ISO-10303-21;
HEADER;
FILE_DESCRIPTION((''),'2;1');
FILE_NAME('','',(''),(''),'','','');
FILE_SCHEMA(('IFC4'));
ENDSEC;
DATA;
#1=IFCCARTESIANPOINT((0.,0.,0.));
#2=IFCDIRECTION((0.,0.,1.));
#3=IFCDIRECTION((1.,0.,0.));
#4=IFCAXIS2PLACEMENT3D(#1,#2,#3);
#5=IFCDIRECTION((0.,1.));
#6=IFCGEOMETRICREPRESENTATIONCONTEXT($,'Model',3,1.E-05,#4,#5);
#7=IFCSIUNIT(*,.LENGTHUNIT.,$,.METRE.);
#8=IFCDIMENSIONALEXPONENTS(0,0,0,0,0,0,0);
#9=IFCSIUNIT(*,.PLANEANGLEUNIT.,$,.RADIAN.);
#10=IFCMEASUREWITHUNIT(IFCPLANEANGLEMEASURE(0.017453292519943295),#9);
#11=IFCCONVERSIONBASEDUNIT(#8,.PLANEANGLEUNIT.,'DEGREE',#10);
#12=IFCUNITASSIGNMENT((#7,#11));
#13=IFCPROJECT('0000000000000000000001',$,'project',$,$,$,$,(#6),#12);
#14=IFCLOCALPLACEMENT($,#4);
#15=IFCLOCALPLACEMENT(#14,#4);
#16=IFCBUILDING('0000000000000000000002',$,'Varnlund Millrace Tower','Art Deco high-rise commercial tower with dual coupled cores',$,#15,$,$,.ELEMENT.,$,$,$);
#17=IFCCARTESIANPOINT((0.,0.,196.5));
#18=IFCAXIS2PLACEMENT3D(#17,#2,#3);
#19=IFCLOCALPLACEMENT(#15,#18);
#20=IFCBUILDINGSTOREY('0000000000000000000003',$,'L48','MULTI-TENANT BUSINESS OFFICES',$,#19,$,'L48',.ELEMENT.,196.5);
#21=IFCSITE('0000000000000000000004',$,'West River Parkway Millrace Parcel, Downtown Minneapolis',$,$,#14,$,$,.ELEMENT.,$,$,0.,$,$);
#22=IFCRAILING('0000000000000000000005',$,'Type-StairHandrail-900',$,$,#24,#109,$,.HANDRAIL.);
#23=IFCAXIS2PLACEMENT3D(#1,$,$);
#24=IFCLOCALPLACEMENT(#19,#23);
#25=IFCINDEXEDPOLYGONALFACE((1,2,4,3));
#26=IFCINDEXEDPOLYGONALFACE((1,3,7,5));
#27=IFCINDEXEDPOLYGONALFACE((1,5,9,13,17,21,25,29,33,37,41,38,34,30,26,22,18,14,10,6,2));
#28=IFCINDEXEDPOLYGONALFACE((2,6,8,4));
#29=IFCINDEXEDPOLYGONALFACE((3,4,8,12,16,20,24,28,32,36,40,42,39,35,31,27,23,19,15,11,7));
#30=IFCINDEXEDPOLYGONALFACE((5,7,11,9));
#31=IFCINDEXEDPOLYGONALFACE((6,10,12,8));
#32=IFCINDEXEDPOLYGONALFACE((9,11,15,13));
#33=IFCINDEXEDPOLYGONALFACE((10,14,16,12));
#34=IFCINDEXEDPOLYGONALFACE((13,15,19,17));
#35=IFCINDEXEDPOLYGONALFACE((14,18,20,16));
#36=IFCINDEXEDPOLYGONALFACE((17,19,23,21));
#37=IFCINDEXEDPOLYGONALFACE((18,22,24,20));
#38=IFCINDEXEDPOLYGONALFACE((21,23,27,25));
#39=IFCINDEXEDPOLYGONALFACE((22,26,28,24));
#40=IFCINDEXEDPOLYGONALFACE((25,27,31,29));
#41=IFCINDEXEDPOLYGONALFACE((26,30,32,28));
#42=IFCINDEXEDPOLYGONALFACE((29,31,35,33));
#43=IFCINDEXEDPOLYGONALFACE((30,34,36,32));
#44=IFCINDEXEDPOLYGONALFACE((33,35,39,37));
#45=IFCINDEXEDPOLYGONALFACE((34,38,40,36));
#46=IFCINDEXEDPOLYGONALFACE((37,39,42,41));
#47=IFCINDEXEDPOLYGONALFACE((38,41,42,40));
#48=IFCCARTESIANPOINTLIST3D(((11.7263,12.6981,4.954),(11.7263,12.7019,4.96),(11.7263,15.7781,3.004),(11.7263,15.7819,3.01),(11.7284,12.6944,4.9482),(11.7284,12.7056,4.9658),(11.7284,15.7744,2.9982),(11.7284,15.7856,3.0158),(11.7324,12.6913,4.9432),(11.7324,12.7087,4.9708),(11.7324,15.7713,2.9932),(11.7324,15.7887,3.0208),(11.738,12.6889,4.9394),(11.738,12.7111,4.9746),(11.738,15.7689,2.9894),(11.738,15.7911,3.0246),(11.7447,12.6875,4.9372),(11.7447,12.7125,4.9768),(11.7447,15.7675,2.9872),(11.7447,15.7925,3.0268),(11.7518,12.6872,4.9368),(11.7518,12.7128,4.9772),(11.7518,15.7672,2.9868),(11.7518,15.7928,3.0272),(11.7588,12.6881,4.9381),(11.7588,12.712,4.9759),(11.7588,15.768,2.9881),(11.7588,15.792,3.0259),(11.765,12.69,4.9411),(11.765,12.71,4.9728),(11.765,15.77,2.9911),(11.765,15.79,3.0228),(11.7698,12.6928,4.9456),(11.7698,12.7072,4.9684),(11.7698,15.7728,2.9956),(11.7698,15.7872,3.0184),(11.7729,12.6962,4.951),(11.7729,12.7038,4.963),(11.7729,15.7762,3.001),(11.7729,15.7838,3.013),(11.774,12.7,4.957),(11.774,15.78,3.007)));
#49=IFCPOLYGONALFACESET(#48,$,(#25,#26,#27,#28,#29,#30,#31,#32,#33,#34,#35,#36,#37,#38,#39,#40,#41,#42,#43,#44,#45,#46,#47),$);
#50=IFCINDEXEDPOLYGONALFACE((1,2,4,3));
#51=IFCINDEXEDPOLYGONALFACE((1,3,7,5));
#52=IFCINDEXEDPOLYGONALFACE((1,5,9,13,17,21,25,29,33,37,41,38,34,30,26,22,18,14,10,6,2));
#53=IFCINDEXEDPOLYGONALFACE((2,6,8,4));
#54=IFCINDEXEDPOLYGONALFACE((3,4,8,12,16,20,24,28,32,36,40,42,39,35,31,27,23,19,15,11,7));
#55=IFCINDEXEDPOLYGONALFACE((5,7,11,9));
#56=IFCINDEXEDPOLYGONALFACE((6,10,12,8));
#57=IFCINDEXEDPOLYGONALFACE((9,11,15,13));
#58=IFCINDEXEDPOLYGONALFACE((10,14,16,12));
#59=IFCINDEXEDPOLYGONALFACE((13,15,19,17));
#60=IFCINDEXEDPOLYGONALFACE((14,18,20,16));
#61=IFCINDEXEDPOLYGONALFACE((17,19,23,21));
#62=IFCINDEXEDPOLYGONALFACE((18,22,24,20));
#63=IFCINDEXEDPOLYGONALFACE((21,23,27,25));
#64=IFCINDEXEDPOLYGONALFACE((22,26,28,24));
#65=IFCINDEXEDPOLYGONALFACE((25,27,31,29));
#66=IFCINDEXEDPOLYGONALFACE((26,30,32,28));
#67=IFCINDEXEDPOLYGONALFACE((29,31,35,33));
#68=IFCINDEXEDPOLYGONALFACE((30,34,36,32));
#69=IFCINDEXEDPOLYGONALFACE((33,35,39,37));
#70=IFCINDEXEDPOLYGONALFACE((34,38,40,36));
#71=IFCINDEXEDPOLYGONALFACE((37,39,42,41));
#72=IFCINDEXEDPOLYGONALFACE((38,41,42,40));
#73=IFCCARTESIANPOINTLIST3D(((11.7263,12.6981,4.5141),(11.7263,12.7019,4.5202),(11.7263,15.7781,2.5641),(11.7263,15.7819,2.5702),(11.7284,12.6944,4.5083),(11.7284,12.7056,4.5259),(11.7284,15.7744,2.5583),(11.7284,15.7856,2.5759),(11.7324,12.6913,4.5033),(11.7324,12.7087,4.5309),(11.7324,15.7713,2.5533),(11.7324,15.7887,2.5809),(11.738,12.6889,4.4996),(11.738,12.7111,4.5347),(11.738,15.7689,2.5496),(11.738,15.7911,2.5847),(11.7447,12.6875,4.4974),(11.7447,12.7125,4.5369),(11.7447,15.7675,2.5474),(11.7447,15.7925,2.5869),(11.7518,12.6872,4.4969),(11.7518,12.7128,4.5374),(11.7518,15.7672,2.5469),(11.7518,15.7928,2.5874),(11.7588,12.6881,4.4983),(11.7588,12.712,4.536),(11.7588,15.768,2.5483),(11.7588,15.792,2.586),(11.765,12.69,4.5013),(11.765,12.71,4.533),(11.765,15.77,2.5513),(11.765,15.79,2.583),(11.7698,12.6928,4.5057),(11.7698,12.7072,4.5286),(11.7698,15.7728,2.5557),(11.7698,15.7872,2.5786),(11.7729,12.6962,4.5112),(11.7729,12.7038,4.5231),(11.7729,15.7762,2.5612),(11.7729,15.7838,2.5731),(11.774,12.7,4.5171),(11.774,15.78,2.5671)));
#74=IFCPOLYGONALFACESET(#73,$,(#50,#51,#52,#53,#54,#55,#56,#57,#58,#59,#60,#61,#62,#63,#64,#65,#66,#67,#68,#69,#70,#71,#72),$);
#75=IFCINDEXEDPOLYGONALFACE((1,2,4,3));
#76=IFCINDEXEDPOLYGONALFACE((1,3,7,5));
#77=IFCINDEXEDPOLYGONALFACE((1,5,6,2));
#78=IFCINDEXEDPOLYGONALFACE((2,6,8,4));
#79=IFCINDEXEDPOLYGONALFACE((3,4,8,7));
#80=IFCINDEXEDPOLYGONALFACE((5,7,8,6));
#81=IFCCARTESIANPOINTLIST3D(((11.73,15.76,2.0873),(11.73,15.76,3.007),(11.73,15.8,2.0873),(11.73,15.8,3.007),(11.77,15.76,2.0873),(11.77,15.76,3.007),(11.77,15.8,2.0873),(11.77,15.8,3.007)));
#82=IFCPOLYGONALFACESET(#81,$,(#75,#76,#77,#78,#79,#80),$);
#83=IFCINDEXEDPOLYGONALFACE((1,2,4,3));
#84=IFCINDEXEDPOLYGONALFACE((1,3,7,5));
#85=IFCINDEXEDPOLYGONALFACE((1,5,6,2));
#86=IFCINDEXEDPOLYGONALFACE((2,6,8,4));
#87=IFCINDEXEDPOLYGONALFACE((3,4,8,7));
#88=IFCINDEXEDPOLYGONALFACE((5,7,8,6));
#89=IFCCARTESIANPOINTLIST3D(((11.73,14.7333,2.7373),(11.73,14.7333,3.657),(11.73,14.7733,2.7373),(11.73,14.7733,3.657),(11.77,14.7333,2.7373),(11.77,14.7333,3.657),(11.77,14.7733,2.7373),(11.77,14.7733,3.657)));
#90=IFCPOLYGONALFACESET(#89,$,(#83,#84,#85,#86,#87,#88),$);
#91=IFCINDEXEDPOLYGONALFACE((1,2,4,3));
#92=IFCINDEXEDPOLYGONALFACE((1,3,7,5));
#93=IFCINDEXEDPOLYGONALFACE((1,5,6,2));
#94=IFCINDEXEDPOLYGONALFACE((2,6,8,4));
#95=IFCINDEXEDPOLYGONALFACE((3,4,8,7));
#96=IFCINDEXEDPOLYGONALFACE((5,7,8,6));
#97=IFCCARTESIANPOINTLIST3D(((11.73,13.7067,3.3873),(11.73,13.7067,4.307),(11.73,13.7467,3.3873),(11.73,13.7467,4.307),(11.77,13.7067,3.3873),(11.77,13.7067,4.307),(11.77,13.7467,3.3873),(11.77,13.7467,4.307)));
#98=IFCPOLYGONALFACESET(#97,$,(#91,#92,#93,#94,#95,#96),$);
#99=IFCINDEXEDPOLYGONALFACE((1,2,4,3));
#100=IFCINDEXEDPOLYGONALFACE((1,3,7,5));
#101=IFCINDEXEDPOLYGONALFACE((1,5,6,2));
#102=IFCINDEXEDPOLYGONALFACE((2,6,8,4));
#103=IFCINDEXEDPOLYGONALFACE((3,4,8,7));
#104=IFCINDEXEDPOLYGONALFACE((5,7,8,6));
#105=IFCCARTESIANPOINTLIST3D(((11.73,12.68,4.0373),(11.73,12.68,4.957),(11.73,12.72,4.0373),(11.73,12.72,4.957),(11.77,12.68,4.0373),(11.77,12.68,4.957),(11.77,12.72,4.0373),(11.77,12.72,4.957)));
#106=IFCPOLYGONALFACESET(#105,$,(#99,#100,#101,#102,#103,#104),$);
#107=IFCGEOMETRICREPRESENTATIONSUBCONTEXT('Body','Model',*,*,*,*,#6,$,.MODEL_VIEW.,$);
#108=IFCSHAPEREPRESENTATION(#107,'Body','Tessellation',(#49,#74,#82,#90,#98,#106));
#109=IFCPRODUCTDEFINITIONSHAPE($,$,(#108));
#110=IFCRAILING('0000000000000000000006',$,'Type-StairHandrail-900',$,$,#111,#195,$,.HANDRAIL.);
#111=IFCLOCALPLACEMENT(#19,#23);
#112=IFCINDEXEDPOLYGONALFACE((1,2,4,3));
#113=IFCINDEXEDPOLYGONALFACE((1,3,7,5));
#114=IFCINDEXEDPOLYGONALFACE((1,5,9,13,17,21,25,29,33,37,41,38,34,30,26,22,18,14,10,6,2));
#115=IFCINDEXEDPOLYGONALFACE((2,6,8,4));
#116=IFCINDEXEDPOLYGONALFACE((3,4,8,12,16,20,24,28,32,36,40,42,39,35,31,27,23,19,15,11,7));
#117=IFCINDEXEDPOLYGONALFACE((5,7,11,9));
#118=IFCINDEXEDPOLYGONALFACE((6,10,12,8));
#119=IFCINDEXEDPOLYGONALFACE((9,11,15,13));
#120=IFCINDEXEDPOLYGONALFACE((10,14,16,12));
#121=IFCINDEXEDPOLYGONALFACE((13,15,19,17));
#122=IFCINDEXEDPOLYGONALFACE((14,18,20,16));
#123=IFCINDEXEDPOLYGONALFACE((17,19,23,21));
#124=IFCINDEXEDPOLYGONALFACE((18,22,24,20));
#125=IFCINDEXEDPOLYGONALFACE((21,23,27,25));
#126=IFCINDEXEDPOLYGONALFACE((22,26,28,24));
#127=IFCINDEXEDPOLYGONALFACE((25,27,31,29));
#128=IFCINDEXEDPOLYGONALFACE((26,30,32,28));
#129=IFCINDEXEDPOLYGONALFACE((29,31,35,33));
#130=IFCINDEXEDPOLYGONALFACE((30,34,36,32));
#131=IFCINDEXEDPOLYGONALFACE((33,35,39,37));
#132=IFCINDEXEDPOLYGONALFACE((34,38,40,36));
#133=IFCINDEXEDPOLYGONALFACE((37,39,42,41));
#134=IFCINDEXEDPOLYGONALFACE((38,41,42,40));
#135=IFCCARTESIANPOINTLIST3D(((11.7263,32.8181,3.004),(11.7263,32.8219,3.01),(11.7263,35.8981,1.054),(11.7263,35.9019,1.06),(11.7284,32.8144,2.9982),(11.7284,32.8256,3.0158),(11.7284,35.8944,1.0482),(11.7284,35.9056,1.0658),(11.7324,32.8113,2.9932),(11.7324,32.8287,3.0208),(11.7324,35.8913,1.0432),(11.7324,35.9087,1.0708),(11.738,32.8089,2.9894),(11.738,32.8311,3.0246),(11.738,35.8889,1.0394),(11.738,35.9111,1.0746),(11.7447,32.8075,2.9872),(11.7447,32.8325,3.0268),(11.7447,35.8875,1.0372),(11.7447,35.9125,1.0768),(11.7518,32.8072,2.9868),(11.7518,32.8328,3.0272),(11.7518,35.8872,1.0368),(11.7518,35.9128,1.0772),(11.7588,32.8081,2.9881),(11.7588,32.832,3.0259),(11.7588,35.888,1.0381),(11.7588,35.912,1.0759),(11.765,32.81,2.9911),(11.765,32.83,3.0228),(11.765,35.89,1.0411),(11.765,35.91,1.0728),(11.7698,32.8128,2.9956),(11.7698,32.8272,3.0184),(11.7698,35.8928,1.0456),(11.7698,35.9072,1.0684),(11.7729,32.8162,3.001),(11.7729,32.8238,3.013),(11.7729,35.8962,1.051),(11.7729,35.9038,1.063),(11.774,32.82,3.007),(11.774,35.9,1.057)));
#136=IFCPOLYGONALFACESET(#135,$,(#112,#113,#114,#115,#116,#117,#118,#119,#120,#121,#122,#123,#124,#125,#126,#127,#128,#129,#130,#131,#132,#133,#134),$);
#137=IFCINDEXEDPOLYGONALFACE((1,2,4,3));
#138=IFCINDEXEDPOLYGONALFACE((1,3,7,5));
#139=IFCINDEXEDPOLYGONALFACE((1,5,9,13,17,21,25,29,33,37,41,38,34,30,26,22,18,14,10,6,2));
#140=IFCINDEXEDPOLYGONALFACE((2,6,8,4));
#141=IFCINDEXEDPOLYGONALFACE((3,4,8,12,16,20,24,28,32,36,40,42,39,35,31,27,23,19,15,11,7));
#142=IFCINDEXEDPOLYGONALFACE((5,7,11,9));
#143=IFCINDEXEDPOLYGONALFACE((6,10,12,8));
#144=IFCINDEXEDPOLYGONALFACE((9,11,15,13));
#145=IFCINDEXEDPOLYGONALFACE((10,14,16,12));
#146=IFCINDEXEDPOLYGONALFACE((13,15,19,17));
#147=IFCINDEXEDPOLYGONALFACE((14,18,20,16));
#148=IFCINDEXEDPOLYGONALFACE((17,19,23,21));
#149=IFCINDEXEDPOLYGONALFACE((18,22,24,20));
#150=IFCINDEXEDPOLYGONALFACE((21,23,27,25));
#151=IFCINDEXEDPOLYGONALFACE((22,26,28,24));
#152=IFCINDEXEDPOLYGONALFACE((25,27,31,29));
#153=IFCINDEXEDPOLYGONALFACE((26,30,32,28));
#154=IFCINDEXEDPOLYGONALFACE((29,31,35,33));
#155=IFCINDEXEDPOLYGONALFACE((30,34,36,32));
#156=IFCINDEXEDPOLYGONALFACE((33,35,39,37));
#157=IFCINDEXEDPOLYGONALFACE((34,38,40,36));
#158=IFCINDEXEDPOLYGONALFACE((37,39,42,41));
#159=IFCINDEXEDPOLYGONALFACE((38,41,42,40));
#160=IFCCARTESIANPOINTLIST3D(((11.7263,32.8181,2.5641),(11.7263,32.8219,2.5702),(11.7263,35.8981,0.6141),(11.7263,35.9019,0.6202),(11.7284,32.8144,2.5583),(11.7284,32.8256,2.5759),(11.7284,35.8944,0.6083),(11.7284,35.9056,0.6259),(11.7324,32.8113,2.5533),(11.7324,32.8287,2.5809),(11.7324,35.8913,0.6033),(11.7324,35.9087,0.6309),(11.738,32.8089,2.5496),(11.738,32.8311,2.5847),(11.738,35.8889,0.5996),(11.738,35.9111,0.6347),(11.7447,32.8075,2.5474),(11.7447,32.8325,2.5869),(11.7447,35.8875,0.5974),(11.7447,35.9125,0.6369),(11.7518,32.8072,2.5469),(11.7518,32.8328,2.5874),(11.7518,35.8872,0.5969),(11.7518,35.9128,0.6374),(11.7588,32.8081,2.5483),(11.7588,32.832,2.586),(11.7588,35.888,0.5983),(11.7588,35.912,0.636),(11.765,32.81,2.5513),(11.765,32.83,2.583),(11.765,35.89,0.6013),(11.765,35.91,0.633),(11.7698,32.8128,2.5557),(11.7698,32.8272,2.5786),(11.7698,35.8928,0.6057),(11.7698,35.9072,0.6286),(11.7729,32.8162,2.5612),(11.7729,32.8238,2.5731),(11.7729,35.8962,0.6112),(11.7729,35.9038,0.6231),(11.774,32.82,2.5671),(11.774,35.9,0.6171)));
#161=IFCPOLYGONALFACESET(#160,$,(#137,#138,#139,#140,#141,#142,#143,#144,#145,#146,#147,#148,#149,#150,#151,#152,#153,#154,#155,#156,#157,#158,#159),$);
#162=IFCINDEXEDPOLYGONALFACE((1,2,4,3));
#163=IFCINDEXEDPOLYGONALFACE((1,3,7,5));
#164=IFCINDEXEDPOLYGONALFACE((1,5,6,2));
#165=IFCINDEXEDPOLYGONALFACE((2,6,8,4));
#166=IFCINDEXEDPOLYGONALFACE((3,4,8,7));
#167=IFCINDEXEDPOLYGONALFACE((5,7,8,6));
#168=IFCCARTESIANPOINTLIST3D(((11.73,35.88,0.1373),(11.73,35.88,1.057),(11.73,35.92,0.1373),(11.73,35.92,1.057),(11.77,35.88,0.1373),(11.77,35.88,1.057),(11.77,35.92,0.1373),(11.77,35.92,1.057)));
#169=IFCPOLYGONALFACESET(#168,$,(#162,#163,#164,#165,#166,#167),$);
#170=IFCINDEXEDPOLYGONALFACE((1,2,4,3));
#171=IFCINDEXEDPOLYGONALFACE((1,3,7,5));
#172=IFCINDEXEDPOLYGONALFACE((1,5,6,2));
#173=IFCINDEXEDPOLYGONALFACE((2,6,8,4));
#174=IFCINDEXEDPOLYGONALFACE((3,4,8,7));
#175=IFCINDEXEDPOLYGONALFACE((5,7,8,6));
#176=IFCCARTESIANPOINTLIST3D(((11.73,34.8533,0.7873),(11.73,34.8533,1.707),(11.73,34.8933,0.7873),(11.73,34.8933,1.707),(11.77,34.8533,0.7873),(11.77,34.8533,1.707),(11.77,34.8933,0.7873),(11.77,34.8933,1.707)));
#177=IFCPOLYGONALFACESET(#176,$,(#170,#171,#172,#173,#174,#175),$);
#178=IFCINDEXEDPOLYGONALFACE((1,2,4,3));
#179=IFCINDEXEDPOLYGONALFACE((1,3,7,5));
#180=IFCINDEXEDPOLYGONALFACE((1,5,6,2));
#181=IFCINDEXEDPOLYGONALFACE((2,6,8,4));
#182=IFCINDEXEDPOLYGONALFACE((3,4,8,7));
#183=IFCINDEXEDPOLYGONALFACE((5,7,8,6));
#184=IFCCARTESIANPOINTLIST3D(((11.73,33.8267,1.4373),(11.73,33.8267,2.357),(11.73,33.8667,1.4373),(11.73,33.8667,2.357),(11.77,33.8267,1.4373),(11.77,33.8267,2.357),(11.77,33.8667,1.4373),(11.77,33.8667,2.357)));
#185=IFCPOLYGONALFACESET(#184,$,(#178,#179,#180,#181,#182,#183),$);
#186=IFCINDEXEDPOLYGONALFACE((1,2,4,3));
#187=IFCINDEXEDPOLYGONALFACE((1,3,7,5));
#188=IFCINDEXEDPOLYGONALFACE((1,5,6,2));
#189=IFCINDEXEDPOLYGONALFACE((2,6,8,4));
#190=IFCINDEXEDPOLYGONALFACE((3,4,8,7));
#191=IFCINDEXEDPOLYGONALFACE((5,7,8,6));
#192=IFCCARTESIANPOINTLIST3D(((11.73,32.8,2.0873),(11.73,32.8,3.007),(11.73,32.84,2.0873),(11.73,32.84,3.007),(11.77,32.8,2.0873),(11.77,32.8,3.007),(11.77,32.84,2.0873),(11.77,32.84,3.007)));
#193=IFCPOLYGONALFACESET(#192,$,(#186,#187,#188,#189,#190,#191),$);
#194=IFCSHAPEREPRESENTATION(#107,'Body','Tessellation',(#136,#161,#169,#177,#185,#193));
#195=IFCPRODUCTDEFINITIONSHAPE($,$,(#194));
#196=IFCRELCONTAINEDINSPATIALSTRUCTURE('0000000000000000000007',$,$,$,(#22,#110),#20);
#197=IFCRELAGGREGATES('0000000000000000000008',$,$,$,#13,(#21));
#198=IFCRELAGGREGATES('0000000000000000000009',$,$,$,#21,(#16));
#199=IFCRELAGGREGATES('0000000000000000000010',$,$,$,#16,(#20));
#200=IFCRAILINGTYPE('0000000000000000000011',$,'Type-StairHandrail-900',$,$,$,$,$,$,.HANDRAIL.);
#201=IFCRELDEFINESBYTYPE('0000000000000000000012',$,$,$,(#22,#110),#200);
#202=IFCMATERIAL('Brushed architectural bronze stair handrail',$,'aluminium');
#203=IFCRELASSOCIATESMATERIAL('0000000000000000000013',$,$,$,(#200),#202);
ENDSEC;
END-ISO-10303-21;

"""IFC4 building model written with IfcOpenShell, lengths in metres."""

from ifc_helpers import new_model, entity, si_unit, converted_unit, direction, frame, origin_with_axes, origin_2d_with_axis, place, context, subcontext, project, spatial, rectangle, circle, extrude, material, type_object, element, save


model = new_model("IFC4")

# Units and contexts
model_context = context("Model", 3, precision=1e-05, world=origin_with_axes(), true_north=direction((0.0, 1.0)))
body_context = subcontext(model_context, "Body", "Model", "MODEL_VIEW")
ifc_project = project(units=[si_unit("LENGTHUNIT", "METRE"), converted_unit("PLANEANGLEUNIT", "DEGREE", entity("IfcPlaneAngleMeasure", 0.017453292519943295), si_unit("PLANEANGLEUNIT", "RADIAN"), dimensions=[0, 0, 0, 0, 0, 0, 0])], contexts=[model_context])

# Site, building, storey
site_placement = place(None, origin_with_axes())
site = spatial("IfcSite", under=ifc_project, at=site_placement, Name="West River Parkway Millrace Parcel, Downtown Minneapolis", CompositionType="ELEMENT", RefElevation=0.0)
building_placement = place(site_placement, origin_with_axes())
building = spatial("IfcBuilding", under=site, at=building_placement, Name="Varnlund Millrace Tower", Description="Art Deco high-rise commercial tower with dual coupled cores", CompositionType="ELEMENT")
storey_placement = place(building_placement, frame((0.0, 0.0, 196.5), z_axis=(0.0, 0.0, 1.0), x_axis=(1.0, 0.0, 0.0)))
storey = spatial("IfcBuildingStorey", under=building, at=storey_placement, Name="L48", Description="MULTI-TENANT BUSINESS OFFICES", LongName="L48", CompositionType="ELEMENT", Elevation=196.5)

# Railings
ifc_material_1 = material(Name="Brushed architectural bronze stair handrail", Category="aluminium")
railing_type_1 = type_object("IfcRailingType", Name="Type-StairHandrail-900", PredefinedType="HANDRAIL", material=ifc_material_1)
railing_1_placement = place(storey_placement, frame((0.0, 0.0, -196.5), z_axis=(0.0, 0.0, 1.0), x_axis=(1.0, 0.0, 0.0)))
element("IfcRailing", 1, at=railing_1_placement, inside=storey, type_object=railing_type_1, Name="Type-StairHandrail-900", PredefinedType="HANDRAIL", context=body_context, shape_type="SweptSolid", body=[
    extrude(circle(Radius=0.024, at=origin_2d_with_axis()), frame((11.75, 15.78, 199.507), z_axis=(0.0, -0.844902, 0.534922), x_axis=(1.0, 0.0, 0.0)), (0.0, 0.0, 1.0), 3.6454),
    extrude(circle(Radius=0.024, at=origin_2d_with_axis()), frame((11.75, 15.78, 199.0671), z_axis=(0.0, -0.844902, 0.534922), x_axis=(1.0, 0.0, 0.0)), (0.0, 0.0, 1.0), 3.6454),
    extrude(rectangle(XDim=0.04, YDim=0.04, at=origin_2d_with_axis()), frame((11.75, 15.78, 198.5873), z_axis=(0.0, 0.0, 1.0), x_axis=(1.0, 0.0, 0.0)), (0.0, 0.0, 1.0), 0.9197),
    extrude(rectangle(XDim=0.04, YDim=0.04, at=origin_2d_with_axis()), frame((11.75, 14.7533, 199.2373), z_axis=(0.0, 0.0, 1.0), x_axis=(1.0, 0.0, 0.0)), (0.0, 0.0, 1.0), 0.9197),
    extrude(rectangle(XDim=0.04, YDim=0.04, at=origin_2d_with_axis()), frame((11.75, 13.7267, 199.8873), z_axis=(0.0, 0.0, 1.0), x_axis=(1.0, 0.0, 0.0)), (0.0, 0.0, 1.0), 0.9197),
    extrude(rectangle(XDim=0.04, YDim=0.04, at=origin_2d_with_axis()), frame((11.75, 12.7, 200.5373), z_axis=(0.0, 0.0, 1.0), x_axis=(1.0, 0.0, 0.0)), (0.0, 0.0, 1.0), 0.9197),
])
railing_2_placement = place(storey_placement, frame((0.0, 0.0, -196.5), z_axis=(0.0, 0.0, 1.0), x_axis=(1.0, 0.0, 0.0)))
element("IfcRailing", 2, at=railing_2_placement, inside=storey, type_object=railing_type_1, Name="Type-StairHandrail-900", PredefinedType="HANDRAIL", context=body_context, shape_type="SweptSolid", body=[
    extrude(circle(Radius=0.024, at=origin_2d_with_axis()), frame((11.75, 35.9, 197.557), z_axis=(0.0, -0.844902, 0.534922), x_axis=(1.0, 0.0, 0.0)), (0.0, 0.0, 1.0), 3.6454),
    extrude(circle(Radius=0.024, at=origin_2d_with_axis()), frame((11.75, 35.9, 197.1171), z_axis=(0.0, -0.844902, 0.534922), x_axis=(1.0, 0.0, 0.0)), (0.0, 0.0, 1.0), 3.6454),
    extrude(rectangle(XDim=0.04, YDim=0.04, at=origin_2d_with_axis()), frame((11.75, 35.9, 196.6373), z_axis=(0.0, 0.0, 1.0), x_axis=(1.0, 0.0, 0.0)), (0.0, 0.0, 1.0), 0.9197),
    extrude(rectangle(XDim=0.04, YDim=0.04, at=origin_2d_with_axis()), frame((11.75, 34.8733, 197.2873), z_axis=(0.0, 0.0, 1.0), x_axis=(1.0, 0.0, 0.0)), (0.0, 0.0, 1.0), 0.9197),
    extrude(rectangle(XDim=0.04, YDim=0.04, at=origin_2d_with_axis()), frame((11.75, 33.8467, 197.9373), z_axis=(0.0, 0.0, 1.0), x_axis=(1.0, 0.0, 0.0)), (0.0, 0.0, 1.0), 0.9197),
    extrude(rectangle(XDim=0.04, YDim=0.04, at=origin_2d_with_axis()), frame((11.75, 32.82, 198.5873), z_axis=(0.0, 0.0, 1.0), x_axis=(1.0, 0.0, 0.0)), (0.0, 0.0, 1.0), 0.9197),
])

save(model, "model.ifc")
